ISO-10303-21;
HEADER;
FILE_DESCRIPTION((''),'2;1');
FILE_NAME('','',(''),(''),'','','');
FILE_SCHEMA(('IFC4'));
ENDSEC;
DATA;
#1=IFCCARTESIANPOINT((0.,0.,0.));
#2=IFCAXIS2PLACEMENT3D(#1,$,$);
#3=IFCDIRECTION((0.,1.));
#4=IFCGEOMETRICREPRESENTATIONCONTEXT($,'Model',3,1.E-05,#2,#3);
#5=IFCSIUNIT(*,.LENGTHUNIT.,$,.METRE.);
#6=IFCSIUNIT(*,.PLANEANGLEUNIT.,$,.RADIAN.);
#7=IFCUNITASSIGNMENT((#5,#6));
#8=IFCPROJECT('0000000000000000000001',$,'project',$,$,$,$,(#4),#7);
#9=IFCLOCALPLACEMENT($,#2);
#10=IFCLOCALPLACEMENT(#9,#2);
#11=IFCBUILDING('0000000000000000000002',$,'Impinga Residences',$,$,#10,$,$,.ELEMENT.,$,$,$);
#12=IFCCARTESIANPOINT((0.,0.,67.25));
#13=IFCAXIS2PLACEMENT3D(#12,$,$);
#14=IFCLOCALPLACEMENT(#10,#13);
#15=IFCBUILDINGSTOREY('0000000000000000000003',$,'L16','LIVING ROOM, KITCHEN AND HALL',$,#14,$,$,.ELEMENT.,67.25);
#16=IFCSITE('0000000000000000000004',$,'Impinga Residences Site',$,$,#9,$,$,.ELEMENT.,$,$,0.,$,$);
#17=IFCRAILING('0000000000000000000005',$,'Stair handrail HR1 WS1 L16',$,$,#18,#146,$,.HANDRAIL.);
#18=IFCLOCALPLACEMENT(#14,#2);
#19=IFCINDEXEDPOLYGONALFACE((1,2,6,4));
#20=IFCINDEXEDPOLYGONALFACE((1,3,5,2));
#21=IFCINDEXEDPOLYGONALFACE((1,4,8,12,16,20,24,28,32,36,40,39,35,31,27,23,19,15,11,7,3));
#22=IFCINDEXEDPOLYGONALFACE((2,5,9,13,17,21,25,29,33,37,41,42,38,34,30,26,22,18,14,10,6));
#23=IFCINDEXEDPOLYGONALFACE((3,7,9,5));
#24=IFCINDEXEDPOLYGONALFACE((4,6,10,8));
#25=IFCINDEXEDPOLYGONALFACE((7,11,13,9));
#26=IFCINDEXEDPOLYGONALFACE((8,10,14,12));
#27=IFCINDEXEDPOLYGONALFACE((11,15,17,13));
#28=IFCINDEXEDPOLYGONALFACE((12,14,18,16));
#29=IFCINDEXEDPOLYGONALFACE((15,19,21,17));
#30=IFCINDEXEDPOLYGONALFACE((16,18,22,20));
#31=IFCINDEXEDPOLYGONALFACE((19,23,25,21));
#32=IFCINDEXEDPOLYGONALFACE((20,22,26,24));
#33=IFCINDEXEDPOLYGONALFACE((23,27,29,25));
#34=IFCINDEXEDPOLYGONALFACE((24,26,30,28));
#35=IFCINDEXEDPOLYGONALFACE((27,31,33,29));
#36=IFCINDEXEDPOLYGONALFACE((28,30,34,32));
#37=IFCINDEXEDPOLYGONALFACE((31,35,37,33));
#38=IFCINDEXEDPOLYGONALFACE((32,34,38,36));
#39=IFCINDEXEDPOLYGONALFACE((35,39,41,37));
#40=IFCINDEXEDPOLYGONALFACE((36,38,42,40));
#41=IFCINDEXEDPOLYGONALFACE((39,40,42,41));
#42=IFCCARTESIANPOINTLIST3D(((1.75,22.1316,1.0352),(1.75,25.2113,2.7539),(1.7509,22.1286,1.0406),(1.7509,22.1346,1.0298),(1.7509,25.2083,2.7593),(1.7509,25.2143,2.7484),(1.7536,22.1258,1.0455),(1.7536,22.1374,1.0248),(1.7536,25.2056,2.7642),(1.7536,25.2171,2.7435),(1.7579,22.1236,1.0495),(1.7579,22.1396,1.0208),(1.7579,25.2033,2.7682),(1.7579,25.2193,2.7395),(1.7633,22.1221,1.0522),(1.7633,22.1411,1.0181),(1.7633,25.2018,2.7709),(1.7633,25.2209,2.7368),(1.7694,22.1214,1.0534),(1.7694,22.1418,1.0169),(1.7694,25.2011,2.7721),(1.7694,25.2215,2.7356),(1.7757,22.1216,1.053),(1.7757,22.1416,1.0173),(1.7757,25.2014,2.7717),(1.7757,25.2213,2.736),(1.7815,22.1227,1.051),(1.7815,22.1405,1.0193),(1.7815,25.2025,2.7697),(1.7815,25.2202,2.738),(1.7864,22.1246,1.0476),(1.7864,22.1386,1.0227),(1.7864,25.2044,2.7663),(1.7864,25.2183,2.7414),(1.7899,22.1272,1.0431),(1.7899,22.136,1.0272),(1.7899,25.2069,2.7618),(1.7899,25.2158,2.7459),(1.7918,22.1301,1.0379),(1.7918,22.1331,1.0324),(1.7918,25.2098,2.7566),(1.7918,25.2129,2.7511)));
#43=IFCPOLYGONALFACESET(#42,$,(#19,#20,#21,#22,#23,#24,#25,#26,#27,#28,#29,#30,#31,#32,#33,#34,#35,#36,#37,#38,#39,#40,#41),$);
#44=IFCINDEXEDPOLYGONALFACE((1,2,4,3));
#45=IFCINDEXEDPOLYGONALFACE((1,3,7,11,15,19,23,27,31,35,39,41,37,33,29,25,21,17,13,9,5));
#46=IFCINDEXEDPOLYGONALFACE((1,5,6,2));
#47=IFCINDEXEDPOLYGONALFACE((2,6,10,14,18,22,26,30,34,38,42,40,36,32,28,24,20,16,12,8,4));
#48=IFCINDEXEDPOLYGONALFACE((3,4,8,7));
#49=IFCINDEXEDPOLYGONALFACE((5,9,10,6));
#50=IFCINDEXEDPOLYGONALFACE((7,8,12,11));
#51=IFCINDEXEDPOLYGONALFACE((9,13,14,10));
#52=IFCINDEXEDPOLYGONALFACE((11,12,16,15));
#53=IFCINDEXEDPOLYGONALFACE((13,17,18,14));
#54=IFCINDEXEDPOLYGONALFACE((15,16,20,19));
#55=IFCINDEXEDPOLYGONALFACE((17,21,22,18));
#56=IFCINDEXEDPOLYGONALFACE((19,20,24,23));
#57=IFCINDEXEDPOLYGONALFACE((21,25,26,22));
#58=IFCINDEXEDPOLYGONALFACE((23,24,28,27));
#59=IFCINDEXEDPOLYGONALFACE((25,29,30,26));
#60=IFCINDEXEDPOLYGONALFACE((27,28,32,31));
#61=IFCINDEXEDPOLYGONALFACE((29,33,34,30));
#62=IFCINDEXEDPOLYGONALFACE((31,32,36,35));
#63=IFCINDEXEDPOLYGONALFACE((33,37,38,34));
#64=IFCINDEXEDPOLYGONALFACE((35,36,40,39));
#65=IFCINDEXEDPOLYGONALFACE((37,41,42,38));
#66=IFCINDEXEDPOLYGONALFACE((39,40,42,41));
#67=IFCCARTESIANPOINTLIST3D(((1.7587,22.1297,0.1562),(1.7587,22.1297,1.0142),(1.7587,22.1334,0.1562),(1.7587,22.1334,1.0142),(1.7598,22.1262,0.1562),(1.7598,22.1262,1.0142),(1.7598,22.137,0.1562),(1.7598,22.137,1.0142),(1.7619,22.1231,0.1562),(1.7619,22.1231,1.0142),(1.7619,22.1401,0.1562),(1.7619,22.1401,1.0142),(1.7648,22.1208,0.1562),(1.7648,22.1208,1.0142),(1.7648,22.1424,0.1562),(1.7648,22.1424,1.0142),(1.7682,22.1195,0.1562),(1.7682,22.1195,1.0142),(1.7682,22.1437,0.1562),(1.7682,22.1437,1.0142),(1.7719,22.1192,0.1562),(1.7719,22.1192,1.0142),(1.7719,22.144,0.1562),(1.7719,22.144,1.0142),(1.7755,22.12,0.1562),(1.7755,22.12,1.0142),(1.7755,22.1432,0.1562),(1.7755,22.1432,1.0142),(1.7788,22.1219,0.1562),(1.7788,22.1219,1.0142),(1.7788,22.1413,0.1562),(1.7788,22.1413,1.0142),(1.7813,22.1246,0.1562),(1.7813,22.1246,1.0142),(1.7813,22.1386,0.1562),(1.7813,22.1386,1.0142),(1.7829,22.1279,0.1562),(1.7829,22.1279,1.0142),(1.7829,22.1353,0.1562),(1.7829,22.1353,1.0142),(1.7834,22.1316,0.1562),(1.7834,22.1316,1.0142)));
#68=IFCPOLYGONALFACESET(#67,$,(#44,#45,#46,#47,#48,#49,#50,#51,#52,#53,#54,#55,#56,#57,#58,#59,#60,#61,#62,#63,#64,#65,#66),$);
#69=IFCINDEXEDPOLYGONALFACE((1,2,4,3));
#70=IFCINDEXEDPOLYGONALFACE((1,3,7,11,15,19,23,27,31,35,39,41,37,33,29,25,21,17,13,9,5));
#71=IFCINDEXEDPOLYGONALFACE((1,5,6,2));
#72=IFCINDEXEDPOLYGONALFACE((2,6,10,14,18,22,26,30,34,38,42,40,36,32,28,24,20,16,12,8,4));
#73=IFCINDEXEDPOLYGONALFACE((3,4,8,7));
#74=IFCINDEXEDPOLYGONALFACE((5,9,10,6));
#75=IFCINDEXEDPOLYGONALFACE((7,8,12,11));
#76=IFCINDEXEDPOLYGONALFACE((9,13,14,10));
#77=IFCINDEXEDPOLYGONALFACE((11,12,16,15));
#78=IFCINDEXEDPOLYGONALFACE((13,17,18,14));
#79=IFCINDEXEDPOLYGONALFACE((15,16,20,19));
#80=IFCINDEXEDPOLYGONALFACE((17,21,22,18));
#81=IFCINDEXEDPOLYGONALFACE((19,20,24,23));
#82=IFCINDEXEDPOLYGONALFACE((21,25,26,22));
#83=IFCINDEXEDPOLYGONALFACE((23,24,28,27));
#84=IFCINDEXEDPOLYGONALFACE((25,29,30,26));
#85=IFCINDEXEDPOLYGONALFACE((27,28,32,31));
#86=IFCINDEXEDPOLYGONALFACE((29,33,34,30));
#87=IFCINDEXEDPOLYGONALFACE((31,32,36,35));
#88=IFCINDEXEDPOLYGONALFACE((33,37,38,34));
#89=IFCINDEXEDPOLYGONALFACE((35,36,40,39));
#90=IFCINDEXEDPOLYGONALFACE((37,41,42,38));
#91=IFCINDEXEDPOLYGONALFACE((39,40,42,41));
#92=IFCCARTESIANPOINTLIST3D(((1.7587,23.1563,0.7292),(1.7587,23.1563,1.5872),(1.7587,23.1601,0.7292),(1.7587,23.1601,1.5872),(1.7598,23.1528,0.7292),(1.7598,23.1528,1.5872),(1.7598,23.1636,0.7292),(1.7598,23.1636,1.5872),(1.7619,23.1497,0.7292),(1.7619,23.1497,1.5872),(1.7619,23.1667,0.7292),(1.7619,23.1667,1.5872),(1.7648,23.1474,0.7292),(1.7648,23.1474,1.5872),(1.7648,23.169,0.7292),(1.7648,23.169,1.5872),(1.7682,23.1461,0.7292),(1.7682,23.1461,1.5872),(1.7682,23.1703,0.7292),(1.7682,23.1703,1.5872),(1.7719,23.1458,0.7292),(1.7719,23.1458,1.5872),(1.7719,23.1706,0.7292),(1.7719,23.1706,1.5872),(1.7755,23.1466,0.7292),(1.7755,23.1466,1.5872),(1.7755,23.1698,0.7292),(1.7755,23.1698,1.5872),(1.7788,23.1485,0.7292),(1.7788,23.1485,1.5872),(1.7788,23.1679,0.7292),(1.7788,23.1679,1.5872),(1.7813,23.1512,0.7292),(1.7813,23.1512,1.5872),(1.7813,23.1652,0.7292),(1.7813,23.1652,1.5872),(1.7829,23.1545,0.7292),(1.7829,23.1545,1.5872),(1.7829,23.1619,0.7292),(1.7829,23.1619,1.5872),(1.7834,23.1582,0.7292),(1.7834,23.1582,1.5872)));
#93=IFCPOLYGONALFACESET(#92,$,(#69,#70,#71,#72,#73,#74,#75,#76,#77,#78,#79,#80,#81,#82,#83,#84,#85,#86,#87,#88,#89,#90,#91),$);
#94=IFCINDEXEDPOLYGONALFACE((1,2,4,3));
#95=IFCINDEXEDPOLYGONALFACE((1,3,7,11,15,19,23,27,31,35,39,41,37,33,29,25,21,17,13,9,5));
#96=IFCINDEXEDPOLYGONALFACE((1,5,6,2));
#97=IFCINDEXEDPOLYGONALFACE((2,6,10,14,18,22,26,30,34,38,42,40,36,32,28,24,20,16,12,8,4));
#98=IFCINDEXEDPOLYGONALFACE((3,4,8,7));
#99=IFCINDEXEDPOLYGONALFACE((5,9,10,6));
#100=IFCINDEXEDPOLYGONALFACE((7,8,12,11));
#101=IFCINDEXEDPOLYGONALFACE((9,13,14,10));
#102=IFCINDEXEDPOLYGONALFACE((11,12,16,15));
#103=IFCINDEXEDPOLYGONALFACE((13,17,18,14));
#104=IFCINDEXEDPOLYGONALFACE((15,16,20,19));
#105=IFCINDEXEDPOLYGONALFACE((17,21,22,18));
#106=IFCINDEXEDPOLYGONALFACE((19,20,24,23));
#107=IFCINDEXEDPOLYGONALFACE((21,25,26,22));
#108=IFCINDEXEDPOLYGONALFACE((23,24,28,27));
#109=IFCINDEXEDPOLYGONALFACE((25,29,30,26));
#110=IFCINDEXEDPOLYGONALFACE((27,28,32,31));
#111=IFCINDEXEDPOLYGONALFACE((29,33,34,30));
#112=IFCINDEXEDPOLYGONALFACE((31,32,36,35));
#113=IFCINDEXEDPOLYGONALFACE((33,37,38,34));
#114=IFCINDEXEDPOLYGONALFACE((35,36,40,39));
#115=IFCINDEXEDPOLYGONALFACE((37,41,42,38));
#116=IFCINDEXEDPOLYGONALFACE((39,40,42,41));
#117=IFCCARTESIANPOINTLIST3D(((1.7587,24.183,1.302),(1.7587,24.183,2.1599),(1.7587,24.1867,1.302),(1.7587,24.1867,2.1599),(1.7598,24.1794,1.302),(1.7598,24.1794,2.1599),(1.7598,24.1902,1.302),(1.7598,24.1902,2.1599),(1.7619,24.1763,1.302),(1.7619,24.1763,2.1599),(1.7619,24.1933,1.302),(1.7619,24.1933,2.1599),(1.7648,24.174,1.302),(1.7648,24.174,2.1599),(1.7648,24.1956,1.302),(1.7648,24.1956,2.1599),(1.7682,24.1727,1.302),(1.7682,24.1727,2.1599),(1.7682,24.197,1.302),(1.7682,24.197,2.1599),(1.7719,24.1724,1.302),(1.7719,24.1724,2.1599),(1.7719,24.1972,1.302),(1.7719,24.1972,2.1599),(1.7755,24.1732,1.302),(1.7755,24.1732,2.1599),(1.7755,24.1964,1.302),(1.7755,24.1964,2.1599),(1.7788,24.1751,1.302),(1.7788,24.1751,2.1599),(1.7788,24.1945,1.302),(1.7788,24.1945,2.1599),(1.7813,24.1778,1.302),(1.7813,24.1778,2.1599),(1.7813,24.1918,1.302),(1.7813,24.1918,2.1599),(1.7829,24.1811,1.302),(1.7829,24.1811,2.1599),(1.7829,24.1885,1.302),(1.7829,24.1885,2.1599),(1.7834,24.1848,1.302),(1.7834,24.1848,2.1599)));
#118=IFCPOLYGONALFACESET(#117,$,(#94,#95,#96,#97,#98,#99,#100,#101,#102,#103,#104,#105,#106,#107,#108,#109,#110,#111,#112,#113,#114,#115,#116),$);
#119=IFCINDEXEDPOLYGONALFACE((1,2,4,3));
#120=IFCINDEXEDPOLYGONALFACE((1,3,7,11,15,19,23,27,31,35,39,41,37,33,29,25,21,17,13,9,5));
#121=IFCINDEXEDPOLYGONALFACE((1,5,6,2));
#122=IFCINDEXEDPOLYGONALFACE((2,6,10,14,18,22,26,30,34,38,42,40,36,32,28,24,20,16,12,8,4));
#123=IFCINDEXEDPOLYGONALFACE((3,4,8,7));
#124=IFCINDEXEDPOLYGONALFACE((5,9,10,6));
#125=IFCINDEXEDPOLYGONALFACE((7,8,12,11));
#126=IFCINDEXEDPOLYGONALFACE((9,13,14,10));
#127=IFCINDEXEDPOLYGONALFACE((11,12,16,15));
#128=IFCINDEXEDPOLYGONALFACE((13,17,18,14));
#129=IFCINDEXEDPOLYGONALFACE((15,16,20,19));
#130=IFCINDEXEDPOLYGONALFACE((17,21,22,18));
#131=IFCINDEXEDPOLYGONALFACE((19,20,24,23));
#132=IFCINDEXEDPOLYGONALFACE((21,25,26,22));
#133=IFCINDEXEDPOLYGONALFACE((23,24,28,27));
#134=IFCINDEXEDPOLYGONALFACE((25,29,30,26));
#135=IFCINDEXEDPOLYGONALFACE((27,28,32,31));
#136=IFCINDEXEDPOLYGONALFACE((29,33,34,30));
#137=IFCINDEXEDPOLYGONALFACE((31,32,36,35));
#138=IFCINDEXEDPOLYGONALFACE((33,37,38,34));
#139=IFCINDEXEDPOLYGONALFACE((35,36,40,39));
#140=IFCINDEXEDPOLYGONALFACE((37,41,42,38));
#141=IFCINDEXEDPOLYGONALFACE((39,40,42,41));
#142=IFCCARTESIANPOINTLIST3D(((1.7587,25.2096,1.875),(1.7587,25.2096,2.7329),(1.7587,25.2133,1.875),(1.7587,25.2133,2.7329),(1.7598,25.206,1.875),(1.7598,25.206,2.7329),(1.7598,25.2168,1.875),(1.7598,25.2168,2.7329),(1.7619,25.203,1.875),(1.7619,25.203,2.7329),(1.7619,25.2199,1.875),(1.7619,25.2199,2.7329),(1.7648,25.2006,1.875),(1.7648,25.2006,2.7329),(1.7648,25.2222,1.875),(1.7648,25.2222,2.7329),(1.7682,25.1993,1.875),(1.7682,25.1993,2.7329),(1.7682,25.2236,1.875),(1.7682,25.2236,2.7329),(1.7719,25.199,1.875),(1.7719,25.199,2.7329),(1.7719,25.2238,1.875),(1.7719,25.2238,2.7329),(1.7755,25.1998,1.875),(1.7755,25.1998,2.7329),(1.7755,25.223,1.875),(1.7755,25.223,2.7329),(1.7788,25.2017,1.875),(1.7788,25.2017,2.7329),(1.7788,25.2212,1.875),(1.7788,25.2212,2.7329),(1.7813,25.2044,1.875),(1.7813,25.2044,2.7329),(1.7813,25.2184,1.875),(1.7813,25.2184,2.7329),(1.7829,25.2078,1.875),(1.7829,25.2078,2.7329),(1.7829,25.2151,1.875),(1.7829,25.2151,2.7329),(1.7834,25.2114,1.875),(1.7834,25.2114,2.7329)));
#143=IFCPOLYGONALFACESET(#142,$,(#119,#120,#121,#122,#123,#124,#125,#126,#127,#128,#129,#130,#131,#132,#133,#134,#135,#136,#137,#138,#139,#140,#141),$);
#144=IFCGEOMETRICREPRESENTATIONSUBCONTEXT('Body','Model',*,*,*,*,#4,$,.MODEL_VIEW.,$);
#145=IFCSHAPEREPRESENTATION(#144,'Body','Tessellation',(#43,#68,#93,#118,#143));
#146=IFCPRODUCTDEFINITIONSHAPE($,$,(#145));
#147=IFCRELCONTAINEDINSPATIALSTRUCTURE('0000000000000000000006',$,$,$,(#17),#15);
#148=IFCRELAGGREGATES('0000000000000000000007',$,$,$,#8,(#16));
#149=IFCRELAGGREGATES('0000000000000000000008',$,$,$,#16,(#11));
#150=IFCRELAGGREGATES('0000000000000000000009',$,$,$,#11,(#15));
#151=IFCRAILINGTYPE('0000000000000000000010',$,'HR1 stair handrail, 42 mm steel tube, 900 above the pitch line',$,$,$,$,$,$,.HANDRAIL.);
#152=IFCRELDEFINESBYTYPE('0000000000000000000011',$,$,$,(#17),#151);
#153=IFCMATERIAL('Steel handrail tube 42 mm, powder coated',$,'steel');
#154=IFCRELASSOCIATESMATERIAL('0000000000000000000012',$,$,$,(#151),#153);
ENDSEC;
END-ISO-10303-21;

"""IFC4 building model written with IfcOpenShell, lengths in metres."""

from ifc_helpers import new_model, si_unit, direction, frame, origin, origin_2d, place, context, subcontext, project, spatial, circle, extrude, material, type_object, element, save


model = new_model("IFC4")

# Units and contexts
model_context = context("Model", 3, precision=1e-05, world=origin(), true_north=direction((0.0, 1.0)))
body_context = subcontext(model_context, "Body", "Model", "MODEL_VIEW")
ifc_project = project(units=[si_unit("LENGTHUNIT", "METRE"), si_unit("PLANEANGLEUNIT", "RADIAN")], contexts=[model_context])

# Site, building, storey
site_placement = place(None, origin())
site = spatial("IfcSite", under=ifc_project, at=site_placement, Name="Impinga Residences Site", CompositionType="ELEMENT", RefElevation=0.0)
building_placement = place(site_placement, origin())
building = spatial("IfcBuilding", under=site, at=building_placement, Name="Impinga Residences", CompositionType="ELEMENT")
storey_placement = place(building_placement, frame((0.0, 0.0, 67.25)))
storey = spatial("IfcBuildingStorey", under=building, at=storey_placement, Name="L16", Description="LIVING ROOM, KITCHEN AND HALL", CompositionType="ELEMENT", Elevation=67.25)

# Railing
ifc_material_1 = material(Name="Steel handrail tube 42 mm, powder coated", Category="steel")
railing_type_1 = type_object("IfcRailingType", Name="HR1 stair handrail, 42 mm steel tube, 900 above the pitch line", PredefinedType="HANDRAIL", material=ifc_material_1)
railing_1_placement = place(storey_placement, frame((1.771, 22.1316, 0.1562)))
element("IfcRailing", 1, at=railing_1_placement, inside=storey, type_object=railing_type_1, Name="Stair handrail HR1 WS1 L16", PredefinedType="HANDRAIL", context=body_context, shape_type="SweptSolid", body=[
    extrude(circle(Radius=0.021, at=origin_2d()), frame((0.0, 0.0, 0.8789), z_axis=(0.0, 0.873225, 0.487317), x_axis=(-1.0, 0.0, 0.0)), (0.0, 0.0, 1.0), 3.5269),
    extrude(circle(Radius=0.0125, at=origin_2d()), origin(), (0.0, 0.0, 1.0), 0.8579),
    extrude(circle(Radius=0.0125, at=origin_2d()), frame((0.0, 1.0266, 0.573)), (0.0, 0.0, 1.0), 0.8579),
    extrude(circle(Radius=0.0125, at=origin_2d()), frame((0.0, 2.0532, 1.1458)), (0.0, 0.0, 1.0), 0.8579),
    extrude(circle(Radius=0.0125, at=origin_2d()), frame((0.0, 3.0798, 1.7188)), (0.0, 0.0, 1.0), 0.8579),
])

save(model, "model.ifc")
